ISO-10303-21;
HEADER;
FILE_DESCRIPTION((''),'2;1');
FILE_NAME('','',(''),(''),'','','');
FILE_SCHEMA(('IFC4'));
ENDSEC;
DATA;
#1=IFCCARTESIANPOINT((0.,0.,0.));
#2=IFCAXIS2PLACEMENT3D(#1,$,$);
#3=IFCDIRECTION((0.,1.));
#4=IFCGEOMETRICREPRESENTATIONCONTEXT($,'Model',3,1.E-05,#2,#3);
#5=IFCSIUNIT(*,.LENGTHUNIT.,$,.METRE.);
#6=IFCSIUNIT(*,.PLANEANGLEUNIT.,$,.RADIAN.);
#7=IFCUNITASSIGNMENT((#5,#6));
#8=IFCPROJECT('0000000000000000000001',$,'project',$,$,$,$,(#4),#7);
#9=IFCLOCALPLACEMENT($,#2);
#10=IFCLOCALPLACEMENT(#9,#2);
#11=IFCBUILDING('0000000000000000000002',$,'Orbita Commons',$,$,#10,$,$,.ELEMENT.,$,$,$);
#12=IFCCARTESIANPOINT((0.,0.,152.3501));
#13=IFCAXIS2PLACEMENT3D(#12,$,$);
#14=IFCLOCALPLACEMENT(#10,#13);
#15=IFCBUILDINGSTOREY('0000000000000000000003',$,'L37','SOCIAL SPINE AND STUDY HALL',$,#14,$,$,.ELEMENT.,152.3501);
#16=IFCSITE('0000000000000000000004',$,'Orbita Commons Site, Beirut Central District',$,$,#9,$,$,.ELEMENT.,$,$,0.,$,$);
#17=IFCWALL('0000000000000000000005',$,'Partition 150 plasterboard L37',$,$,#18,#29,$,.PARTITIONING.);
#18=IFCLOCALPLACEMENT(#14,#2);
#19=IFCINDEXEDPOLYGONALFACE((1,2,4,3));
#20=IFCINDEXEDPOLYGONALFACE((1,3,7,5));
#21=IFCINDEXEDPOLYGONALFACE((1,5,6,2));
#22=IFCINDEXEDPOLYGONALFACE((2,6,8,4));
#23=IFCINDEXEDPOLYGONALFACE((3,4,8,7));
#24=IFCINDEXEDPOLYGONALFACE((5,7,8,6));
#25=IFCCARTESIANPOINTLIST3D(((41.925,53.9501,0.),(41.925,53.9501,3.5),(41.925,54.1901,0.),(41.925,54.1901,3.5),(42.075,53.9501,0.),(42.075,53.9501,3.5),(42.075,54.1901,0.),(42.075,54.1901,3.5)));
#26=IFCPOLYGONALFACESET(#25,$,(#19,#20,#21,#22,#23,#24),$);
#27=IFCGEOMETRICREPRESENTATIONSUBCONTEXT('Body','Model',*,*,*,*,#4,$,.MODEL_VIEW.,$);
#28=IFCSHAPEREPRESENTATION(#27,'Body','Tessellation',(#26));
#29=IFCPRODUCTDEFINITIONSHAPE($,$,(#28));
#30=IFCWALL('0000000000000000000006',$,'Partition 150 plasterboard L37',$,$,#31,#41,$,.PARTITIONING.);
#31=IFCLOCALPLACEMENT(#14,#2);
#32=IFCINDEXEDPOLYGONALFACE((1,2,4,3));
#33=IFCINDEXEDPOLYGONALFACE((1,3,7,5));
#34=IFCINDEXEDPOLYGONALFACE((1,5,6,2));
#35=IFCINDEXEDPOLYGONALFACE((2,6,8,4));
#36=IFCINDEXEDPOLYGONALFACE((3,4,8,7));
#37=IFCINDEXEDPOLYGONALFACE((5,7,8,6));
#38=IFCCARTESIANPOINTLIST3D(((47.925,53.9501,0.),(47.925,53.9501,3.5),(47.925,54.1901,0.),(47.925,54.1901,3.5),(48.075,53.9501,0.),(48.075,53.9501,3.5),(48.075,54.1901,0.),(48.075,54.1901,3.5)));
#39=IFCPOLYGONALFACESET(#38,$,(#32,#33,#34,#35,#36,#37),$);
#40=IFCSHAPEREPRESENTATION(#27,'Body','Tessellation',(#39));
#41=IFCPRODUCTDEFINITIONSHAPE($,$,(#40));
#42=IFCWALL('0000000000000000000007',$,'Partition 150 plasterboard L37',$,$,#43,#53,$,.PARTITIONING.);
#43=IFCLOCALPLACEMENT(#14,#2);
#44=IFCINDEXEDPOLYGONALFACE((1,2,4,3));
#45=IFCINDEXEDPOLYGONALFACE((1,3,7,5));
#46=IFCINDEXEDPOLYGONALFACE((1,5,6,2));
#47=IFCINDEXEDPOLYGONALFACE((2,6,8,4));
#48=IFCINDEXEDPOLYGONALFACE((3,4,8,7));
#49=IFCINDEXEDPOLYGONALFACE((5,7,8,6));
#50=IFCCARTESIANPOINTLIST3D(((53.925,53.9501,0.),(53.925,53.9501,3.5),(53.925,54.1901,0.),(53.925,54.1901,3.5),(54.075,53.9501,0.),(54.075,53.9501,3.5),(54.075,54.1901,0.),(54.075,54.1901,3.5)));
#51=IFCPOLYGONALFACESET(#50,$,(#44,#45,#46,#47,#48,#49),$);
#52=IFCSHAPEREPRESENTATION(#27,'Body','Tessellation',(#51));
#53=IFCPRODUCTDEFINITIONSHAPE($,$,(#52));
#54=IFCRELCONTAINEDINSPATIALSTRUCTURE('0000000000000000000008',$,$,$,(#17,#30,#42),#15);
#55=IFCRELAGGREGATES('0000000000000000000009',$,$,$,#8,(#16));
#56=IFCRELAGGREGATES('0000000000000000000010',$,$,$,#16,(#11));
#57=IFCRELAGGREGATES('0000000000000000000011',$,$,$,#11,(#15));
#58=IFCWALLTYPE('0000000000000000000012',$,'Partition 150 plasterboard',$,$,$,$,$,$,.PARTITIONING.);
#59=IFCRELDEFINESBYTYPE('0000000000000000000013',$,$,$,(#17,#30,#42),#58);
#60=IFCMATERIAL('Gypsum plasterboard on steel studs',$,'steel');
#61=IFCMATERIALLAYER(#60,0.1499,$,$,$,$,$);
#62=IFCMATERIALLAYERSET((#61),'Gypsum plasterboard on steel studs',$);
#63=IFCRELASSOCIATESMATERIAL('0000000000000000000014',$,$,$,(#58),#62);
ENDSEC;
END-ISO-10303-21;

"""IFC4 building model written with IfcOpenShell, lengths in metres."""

from ifc_helpers import new_model, si_unit, direction, frame, frame_2d, origin, place, context, subcontext, project, spatial, rectangle, extrude, material, layer, layer_set, type_object, element, save


model = new_model("IFC4")

# Units and contexts
model_context = context("Model", 3, precision=1e-05, world=origin(), true_north=direction((0.0, 1.0)))
body_context = subcontext(model_context, "Body", "Model", "MODEL_VIEW")
ifc_project = project(units=[si_unit("LENGTHUNIT", "METRE"), si_unit("PLANEANGLEUNIT", "RADIAN")], contexts=[model_context])

# Site, building, storey
site_placement = place(None, origin())
site = spatial("IfcSite", under=ifc_project, at=site_placement, Name="Orbita Commons Site, Beirut Central District", CompositionType="ELEMENT", RefElevation=0.0)
building_placement = place(site_placement, origin())
building = spatial("IfcBuilding", under=site, at=building_placement, Name="Orbita Commons", CompositionType="ELEMENT")
storey_placement = place(building_placement, frame((0.0, 0.0, 152.3501)))
storey = spatial("IfcBuildingStorey", under=building, at=storey_placement, Name="L37", Description="SOCIAL SPINE AND STUDY HALL", CompositionType="ELEMENT", Elevation=152.3501)

# Walls
ifc_material_1 = material(Name="Gypsum plasterboard on steel studs", Category="steel")
ifc_layer_1 = layer(ifc_material_1, 0.1499)
ifc_layer_set_1 = layer_set([ifc_layer_1], Name="Gypsum plasterboard on steel studs")
wall_type_1 = type_object("IfcWallType", Name="Partition 150 plasterboard", PredefinedType="PARTITIONING", material=ifc_layer_set_1)
for number, where, z_axis, x_axis, name in (
    (1, (42.0, 53.95, 0.0), (0.0, 0.0, 1.0), (0.0, 1.0, 0.0), "Partition 150 plasterboard L37"),
    (2, (48.0, 53.95, 0.0), (0.0, 0.0, 1.0), (0.0, 1.0, 0.0), "Partition 150 plasterboard L37"),
    (3, (54.0, 53.95, 0.0), (0.0, 0.0, 1.0), (0.0, 1.0, 0.0), "Partition 150 plasterboard L37"),
):
    element("IfcWall", number, at=place(storey_placement, frame(where, z_axis=z_axis, x_axis=x_axis)), inside=storey, type_object=wall_type_1, Name=name, PredefinedType="PARTITIONING", context=body_context, shape_type="SweptSolid", body=[
        extrude(rectangle(XDim=0.24, YDim=0.1499, at=frame_2d((0.1201, 0.0))), origin(), (0.0, 0.0, 1.0), 3.5),
    ])

save(model, "model.ifc")
